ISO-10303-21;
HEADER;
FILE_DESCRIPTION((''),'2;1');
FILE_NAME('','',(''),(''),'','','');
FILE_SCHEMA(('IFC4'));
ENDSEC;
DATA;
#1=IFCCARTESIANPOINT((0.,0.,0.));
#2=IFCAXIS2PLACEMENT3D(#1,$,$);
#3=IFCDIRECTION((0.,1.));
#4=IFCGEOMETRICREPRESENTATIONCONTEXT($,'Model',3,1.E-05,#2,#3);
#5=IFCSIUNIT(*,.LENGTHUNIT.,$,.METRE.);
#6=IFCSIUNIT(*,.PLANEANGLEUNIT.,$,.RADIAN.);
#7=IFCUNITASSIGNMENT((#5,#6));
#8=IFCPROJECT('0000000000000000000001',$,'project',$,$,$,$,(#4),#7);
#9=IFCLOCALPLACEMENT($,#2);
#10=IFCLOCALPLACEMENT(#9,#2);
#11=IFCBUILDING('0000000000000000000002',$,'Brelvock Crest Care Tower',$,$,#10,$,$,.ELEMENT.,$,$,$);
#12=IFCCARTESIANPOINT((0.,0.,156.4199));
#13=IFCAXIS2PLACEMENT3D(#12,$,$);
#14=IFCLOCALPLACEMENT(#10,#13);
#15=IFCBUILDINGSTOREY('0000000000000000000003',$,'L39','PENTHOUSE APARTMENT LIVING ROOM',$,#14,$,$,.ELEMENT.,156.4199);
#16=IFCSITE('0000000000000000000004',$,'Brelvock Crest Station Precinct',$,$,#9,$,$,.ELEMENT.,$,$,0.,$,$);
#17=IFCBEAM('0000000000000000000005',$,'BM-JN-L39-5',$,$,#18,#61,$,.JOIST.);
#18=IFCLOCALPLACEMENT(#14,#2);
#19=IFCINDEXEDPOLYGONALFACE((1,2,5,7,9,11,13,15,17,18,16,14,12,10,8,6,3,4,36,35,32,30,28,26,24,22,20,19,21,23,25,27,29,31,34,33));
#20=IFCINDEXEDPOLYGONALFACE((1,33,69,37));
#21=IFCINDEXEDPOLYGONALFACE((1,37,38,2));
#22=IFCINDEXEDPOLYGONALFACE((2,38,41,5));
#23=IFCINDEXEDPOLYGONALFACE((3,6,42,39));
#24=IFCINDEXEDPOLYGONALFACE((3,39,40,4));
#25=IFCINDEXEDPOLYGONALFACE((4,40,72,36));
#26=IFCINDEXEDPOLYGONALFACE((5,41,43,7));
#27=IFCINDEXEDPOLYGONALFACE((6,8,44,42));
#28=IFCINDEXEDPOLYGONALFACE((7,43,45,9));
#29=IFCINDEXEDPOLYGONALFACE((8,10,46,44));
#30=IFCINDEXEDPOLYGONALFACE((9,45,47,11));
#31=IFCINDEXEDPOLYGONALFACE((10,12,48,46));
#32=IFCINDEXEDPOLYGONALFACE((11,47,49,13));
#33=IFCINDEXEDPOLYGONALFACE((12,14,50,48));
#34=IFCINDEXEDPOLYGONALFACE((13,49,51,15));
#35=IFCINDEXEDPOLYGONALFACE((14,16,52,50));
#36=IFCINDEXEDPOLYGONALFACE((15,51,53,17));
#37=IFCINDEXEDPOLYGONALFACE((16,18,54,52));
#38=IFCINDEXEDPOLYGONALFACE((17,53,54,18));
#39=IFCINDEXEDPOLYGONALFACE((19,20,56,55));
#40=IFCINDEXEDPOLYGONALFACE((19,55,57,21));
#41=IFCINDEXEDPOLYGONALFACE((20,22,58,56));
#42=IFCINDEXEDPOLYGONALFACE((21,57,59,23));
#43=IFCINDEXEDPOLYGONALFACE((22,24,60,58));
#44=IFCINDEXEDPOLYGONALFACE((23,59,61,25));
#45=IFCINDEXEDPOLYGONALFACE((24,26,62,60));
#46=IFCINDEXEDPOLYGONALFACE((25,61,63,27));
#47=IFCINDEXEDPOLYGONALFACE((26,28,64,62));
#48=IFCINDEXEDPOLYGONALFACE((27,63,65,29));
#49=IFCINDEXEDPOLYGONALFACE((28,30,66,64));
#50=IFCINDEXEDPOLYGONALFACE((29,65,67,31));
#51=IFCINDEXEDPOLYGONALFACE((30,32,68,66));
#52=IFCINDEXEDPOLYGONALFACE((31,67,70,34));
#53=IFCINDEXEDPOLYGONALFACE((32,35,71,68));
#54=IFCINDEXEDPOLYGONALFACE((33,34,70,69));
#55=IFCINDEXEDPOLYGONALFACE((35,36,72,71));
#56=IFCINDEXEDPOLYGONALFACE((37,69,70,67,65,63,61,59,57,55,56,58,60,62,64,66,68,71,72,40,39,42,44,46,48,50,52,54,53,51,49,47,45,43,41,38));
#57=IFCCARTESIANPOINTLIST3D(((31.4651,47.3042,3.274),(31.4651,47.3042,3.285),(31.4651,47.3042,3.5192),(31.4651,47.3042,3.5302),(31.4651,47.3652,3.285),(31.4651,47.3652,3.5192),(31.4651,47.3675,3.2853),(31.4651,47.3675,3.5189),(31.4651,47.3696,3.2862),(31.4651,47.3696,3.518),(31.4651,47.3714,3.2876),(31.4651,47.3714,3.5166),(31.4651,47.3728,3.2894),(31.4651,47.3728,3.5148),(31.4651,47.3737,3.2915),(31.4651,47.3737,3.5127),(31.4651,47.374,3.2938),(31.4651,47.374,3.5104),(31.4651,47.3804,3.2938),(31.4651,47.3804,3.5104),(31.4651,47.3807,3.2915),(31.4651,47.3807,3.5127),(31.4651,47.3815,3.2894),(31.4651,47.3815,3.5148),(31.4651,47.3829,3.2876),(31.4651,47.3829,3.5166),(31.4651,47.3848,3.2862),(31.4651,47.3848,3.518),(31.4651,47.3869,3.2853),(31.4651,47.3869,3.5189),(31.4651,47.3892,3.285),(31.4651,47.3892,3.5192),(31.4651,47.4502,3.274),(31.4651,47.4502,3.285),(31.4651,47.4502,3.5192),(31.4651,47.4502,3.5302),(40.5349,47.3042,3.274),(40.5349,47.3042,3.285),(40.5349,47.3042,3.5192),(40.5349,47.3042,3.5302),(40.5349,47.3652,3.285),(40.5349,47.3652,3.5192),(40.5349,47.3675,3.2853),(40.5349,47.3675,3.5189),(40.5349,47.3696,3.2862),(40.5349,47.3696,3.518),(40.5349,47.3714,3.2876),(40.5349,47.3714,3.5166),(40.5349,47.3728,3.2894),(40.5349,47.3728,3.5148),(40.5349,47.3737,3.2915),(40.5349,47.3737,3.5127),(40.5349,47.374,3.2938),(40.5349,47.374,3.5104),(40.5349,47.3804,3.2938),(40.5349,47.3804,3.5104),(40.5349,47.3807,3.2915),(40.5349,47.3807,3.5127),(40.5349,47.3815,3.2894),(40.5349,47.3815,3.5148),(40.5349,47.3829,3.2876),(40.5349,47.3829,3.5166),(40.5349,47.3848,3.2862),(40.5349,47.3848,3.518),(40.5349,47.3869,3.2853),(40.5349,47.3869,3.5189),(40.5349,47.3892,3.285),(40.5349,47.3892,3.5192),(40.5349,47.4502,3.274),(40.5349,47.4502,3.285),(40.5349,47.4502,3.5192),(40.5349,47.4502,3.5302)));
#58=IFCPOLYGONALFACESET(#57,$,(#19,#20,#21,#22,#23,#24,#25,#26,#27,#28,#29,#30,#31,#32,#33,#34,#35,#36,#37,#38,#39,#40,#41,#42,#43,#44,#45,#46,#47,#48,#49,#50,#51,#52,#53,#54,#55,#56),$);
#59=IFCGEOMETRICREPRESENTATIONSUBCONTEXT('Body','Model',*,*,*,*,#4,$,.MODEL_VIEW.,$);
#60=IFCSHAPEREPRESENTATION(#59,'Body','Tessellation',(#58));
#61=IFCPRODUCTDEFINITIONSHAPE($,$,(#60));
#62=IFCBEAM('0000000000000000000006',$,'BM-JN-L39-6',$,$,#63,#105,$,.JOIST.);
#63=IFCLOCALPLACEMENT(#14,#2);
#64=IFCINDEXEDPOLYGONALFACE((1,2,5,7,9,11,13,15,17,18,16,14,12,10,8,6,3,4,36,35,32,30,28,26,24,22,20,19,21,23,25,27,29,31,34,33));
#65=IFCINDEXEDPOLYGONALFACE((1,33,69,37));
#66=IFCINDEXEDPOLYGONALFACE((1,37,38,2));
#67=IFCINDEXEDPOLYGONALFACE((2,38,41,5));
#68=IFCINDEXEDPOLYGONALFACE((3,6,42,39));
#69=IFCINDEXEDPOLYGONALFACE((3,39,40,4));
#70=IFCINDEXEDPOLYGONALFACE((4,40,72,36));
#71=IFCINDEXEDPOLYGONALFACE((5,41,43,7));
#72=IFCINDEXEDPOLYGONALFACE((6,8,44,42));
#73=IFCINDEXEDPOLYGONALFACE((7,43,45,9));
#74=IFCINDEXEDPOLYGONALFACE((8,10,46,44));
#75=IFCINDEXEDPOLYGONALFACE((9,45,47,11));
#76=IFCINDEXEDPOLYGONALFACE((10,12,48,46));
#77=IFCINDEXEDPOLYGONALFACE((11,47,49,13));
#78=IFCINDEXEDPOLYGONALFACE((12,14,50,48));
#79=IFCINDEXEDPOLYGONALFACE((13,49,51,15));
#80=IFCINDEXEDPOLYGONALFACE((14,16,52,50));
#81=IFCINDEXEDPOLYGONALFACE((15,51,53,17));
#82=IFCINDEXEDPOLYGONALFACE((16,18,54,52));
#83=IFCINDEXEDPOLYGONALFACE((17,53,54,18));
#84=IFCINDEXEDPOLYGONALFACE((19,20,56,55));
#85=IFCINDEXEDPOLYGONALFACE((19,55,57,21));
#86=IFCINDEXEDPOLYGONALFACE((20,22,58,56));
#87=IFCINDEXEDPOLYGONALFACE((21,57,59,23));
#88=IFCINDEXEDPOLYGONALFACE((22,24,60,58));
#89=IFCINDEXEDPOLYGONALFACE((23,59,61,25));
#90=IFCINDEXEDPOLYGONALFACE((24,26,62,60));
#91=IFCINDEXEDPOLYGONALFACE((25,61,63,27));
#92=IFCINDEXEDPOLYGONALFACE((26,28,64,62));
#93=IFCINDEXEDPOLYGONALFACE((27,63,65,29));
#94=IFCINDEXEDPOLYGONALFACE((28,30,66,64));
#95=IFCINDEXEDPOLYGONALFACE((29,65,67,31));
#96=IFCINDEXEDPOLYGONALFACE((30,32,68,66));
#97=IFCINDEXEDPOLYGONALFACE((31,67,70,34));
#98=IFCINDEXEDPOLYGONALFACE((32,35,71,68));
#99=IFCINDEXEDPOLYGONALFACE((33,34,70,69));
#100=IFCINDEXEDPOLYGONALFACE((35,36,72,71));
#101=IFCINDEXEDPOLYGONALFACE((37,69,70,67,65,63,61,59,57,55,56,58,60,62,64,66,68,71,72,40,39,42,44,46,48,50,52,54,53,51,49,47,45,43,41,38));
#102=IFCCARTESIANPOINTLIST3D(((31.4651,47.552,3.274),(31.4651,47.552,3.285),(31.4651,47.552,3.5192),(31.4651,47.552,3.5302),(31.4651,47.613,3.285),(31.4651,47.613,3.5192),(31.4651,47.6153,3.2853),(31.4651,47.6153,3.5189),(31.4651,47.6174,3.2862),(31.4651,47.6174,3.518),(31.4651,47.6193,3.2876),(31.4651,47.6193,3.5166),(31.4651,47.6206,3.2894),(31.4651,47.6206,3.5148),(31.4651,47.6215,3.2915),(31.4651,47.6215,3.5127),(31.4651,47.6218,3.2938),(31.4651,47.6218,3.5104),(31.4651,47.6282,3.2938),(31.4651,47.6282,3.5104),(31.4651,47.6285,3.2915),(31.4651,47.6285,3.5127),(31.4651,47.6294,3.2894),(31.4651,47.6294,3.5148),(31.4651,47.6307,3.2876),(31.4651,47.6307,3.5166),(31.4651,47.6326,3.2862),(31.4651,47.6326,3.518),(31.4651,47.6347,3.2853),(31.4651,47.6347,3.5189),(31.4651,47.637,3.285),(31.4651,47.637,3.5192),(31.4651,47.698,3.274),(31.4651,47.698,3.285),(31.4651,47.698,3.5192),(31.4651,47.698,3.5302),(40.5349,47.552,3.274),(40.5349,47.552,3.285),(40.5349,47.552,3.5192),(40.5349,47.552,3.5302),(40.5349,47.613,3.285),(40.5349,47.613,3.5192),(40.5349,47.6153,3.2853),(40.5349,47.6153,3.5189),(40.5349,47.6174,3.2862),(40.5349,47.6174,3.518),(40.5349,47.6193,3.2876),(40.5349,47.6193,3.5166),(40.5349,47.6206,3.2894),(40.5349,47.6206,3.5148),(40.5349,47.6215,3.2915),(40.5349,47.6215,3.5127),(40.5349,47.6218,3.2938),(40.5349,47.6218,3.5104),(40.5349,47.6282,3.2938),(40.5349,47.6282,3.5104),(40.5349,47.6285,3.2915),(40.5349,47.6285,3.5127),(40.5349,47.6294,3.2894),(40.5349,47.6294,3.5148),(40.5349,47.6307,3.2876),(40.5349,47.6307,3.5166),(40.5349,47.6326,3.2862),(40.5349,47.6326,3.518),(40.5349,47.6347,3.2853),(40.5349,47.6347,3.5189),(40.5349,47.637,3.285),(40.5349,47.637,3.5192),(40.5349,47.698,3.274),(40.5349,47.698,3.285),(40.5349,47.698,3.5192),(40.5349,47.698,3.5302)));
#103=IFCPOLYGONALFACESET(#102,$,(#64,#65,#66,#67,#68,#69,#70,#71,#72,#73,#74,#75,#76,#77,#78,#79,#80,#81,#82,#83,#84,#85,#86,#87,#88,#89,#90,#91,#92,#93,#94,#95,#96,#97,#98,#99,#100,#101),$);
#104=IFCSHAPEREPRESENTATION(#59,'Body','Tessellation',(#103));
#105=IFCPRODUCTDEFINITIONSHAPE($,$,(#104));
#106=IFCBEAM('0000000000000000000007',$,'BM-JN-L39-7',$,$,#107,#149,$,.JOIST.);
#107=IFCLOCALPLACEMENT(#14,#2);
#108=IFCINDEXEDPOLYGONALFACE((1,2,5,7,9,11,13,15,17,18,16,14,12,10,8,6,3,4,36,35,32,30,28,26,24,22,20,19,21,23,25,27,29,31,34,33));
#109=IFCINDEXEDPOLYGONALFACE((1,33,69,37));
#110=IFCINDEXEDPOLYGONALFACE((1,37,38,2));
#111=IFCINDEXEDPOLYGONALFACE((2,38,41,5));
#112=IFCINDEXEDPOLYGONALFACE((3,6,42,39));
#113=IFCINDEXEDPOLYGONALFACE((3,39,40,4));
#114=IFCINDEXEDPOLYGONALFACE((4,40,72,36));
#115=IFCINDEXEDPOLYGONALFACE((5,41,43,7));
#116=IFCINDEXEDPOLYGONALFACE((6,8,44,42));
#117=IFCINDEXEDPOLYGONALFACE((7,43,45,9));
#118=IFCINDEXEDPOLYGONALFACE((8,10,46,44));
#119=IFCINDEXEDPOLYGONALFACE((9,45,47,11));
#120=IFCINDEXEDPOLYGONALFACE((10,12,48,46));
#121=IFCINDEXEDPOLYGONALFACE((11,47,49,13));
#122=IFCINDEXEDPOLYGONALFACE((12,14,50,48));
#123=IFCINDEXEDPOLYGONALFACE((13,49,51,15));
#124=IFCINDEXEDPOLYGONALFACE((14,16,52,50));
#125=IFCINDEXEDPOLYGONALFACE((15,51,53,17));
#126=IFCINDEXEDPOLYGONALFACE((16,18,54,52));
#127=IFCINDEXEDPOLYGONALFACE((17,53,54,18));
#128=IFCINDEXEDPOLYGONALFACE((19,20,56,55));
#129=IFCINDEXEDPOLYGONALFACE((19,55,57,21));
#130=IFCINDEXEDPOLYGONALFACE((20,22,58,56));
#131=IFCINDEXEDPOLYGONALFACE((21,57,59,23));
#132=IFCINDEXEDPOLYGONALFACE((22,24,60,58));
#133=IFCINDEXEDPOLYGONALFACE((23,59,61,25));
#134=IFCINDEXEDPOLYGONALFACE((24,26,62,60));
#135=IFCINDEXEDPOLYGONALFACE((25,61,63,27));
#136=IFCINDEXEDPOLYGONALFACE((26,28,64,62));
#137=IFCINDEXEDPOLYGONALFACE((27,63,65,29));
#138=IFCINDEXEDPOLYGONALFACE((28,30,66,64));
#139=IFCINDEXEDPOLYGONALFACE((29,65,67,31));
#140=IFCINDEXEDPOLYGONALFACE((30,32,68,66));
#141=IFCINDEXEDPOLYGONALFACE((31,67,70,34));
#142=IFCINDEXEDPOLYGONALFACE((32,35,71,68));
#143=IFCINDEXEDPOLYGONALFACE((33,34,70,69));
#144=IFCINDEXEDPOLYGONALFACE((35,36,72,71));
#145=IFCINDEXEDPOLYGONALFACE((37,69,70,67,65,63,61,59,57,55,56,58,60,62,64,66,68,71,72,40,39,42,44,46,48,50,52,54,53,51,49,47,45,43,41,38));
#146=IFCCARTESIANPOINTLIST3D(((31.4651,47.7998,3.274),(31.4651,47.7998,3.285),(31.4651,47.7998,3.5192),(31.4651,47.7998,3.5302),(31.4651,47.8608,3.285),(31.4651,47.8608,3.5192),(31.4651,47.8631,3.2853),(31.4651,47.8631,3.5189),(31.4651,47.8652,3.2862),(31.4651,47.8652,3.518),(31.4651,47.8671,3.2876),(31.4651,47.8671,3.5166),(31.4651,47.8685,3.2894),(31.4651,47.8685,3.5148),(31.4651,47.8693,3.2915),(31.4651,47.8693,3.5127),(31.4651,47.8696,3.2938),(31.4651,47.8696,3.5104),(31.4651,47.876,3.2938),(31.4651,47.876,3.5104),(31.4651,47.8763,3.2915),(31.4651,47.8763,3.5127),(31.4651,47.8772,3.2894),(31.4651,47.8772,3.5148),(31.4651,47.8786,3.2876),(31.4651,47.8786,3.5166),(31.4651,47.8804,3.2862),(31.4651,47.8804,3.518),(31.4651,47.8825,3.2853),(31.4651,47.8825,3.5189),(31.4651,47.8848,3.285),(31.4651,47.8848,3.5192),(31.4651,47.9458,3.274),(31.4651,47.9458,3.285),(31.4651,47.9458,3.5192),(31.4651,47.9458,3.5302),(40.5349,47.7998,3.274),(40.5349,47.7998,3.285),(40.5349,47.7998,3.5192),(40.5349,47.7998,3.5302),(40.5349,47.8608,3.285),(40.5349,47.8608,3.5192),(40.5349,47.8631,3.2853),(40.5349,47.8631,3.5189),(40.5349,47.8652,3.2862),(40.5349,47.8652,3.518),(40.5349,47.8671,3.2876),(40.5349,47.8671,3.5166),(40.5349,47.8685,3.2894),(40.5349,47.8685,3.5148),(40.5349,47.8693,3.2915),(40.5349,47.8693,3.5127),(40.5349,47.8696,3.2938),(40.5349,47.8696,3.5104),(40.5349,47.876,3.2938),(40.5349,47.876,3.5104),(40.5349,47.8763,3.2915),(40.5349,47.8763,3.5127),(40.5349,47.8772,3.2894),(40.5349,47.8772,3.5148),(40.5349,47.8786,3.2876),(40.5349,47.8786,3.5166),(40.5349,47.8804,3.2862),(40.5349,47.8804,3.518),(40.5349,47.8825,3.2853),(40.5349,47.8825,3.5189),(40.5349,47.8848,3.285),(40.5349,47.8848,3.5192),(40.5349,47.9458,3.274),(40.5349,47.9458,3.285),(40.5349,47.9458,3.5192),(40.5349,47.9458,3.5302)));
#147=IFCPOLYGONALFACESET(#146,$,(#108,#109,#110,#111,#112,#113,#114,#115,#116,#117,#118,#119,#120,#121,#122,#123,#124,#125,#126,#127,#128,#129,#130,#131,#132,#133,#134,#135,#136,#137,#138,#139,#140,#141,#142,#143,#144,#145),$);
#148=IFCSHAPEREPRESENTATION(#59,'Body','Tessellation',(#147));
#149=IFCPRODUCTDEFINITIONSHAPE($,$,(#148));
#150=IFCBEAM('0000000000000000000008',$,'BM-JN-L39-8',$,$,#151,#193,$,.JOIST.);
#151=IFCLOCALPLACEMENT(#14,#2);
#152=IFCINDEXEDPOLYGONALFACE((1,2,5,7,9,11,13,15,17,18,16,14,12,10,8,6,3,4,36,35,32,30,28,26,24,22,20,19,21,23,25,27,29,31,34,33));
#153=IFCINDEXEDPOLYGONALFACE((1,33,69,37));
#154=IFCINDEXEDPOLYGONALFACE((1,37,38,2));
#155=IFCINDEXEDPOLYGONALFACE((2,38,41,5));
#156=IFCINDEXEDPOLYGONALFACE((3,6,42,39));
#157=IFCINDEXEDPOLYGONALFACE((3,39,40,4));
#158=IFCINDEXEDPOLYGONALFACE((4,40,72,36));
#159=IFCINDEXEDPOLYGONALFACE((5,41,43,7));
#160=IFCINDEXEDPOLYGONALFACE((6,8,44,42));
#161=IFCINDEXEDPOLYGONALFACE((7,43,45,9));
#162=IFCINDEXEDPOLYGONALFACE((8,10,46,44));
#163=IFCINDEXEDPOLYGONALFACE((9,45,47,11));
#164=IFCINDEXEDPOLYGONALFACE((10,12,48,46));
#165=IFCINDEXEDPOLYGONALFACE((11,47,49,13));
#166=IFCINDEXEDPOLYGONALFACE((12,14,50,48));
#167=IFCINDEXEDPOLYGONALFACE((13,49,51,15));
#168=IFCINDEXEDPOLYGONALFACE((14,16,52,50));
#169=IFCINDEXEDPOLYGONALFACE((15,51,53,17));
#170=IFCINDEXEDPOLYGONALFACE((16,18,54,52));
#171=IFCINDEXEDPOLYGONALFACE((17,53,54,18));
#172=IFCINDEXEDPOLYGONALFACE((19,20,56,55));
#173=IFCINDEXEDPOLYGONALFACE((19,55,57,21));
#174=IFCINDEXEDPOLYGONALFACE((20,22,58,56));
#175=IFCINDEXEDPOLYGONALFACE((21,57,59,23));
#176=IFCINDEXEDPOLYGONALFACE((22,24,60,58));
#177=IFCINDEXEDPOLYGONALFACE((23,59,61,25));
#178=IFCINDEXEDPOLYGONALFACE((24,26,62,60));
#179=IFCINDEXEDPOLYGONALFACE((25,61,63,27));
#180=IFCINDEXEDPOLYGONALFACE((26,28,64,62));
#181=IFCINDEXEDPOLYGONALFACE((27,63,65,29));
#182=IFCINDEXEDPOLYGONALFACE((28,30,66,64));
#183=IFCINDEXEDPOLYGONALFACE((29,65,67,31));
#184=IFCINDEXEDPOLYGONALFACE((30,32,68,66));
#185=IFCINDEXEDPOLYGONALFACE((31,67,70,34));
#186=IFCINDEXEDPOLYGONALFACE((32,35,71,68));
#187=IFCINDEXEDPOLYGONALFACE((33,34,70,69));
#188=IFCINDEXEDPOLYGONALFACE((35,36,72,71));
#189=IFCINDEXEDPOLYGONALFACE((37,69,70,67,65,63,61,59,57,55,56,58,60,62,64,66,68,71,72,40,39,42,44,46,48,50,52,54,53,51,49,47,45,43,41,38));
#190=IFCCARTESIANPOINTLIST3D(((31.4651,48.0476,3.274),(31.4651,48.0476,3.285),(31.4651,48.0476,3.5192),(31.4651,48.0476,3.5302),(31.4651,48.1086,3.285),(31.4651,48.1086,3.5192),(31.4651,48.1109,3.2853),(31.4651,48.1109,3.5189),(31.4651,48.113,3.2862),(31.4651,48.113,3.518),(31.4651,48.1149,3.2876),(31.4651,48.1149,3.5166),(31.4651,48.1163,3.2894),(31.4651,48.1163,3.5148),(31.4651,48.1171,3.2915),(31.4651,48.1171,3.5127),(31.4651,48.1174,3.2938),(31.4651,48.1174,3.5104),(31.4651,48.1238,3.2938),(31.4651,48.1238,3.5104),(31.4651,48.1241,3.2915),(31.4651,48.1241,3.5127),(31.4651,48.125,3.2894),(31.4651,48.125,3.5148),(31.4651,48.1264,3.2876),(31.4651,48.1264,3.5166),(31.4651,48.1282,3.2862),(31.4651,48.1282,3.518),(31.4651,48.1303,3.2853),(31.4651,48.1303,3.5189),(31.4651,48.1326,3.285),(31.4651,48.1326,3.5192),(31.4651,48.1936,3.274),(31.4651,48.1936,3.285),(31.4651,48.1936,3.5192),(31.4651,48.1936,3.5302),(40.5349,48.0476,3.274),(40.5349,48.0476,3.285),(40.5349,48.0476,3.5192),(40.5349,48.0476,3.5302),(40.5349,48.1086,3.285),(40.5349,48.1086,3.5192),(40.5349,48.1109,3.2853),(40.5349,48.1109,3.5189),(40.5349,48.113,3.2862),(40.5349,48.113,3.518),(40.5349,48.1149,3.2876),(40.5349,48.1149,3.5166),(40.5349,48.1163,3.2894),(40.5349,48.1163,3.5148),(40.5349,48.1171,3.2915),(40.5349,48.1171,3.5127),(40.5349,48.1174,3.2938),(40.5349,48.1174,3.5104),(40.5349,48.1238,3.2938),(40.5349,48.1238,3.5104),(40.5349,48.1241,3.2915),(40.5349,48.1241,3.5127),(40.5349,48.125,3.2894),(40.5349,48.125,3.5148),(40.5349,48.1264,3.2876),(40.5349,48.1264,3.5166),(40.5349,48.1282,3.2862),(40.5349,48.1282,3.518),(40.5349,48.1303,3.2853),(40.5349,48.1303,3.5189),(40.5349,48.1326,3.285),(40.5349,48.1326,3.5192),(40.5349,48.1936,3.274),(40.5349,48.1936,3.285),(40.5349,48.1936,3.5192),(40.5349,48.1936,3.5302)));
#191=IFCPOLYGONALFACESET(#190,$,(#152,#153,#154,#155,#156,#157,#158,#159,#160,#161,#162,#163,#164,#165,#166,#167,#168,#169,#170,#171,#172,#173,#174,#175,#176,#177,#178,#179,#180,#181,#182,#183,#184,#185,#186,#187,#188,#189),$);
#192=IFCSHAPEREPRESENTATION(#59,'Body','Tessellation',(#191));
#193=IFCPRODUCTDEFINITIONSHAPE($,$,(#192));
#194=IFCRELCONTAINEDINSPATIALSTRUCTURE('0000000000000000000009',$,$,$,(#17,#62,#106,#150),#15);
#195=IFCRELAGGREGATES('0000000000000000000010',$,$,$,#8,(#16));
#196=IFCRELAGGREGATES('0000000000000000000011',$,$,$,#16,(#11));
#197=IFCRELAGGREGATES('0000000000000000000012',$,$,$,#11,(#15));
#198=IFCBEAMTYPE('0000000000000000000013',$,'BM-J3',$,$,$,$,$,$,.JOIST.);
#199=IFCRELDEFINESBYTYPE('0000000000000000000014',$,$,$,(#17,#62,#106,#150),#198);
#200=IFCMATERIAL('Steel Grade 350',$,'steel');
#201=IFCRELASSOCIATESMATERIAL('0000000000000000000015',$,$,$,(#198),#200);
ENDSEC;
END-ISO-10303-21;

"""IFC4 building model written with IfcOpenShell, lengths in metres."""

from ifc_helpers import new_model, si_unit, direction, frame, origin, origin_2d, place, context, subcontext, project, spatial, i_section, extrude, source, transform, mapped, material, material_profile, profile_set, type_object, element, save


model = new_model("IFC4")

# Units and contexts
model_context = context("Model", 3, precision=1e-05, world=origin(), true_north=direction((0.0, 1.0)))
body_context = subcontext(model_context, "Body", "Model", "MODEL_VIEW")
ifc_project = project(units=[si_unit("LENGTHUNIT", "METRE"), si_unit("PLANEANGLEUNIT", "RADIAN")], contexts=[model_context])

# Site, building, storey
site_placement = place(None, origin())
site = spatial("IfcSite", under=ifc_project, at=site_placement, Name="Brelvock Crest Station Precinct", CompositionType="ELEMENT", RefElevation=0.0)
building_placement = place(site_placement, origin())
building = spatial("IfcBuilding", under=site, at=building_placement, Name="Brelvock Crest Care Tower", CompositionType="ELEMENT")
storey_placement = place(building_placement, frame((0.0, 0.0, 156.4199)))
storey = spatial("IfcBuildingStorey", under=building, at=storey_placement, Name="L39", Description="PENTHOUSE APARTMENT LIVING ROOM", CompositionType="ELEMENT", Elevation=156.4199)

# Shared definitions
ifc_material_1 = material(Name="Steel Grade 350", Category="steel")

# Beams
ifc_material_profile_1 = material_profile(ifc_material_1, i_section(OverallWidth=0.146, OverallDepth=0.2561, WebThickness=0.0063, FlangeThickness=0.011, FilletRadius=0.0088, at=origin_2d()), Name="250UB37.3")
ifc_profile_set_1 = profile_set([ifc_material_profile_1], Name="Steel Grade 350")
beam_type_1 = type_object("IfcBeamType", Name="BM-J3", PredefinedType="JOIST", material=ifc_profile_set_1)
shared_shape_1 = source(origin(), body_context, "Body", "SweptSolid", [
    extrude(i_section(OverallWidth=0.146, OverallDepth=0.2561, WebThickness=0.0063, FlangeThickness=0.011, FilletRadius=0.0088, at=origin_2d()), origin(), (0.0, 0.0, 1.0), 9.0698),
])
for number, where, z_axis, x_axis, name in (
    (1, (31.4651, 47.3772, 3.4021), (1.0, 0.0, 0.0), (0.0, 1.0, 0.0), "BM-JN-L39-5"),
    (2, (31.4651, 47.625, 3.4021), (1.0, 0.0, 0.0), (0.0, 1.0, 0.0), "BM-JN-L39-6"),
    (3, (31.4651, 47.8728, 3.4021), (1.0, 0.0, 0.0), (0.0, 1.0, 0.0), "BM-JN-L39-7"),
    (4, (31.4651, 48.1206, 3.4021), (1.0, 0.0, 0.0), (0.0, 1.0, 0.0), "BM-JN-L39-8"),
):
    element("IfcBeam", number, at=place(storey_placement, frame(where, z_axis=z_axis, x_axis=x_axis)), inside=storey, type_object=beam_type_1, Name=name, PredefinedType="JOIST", context=body_context, shape_type="MappedRepresentation", body=[
        mapped(shared_shape_1, transform((0.0, 0.0, 0.0), x_axis=(1.0, 0.0, 0.0), y_axis=(0.0, 1.0, 0.0), z_axis=(0.0, 0.0, 1.0), scale=1.0)),
    ])

save(model, "model.ifc")
